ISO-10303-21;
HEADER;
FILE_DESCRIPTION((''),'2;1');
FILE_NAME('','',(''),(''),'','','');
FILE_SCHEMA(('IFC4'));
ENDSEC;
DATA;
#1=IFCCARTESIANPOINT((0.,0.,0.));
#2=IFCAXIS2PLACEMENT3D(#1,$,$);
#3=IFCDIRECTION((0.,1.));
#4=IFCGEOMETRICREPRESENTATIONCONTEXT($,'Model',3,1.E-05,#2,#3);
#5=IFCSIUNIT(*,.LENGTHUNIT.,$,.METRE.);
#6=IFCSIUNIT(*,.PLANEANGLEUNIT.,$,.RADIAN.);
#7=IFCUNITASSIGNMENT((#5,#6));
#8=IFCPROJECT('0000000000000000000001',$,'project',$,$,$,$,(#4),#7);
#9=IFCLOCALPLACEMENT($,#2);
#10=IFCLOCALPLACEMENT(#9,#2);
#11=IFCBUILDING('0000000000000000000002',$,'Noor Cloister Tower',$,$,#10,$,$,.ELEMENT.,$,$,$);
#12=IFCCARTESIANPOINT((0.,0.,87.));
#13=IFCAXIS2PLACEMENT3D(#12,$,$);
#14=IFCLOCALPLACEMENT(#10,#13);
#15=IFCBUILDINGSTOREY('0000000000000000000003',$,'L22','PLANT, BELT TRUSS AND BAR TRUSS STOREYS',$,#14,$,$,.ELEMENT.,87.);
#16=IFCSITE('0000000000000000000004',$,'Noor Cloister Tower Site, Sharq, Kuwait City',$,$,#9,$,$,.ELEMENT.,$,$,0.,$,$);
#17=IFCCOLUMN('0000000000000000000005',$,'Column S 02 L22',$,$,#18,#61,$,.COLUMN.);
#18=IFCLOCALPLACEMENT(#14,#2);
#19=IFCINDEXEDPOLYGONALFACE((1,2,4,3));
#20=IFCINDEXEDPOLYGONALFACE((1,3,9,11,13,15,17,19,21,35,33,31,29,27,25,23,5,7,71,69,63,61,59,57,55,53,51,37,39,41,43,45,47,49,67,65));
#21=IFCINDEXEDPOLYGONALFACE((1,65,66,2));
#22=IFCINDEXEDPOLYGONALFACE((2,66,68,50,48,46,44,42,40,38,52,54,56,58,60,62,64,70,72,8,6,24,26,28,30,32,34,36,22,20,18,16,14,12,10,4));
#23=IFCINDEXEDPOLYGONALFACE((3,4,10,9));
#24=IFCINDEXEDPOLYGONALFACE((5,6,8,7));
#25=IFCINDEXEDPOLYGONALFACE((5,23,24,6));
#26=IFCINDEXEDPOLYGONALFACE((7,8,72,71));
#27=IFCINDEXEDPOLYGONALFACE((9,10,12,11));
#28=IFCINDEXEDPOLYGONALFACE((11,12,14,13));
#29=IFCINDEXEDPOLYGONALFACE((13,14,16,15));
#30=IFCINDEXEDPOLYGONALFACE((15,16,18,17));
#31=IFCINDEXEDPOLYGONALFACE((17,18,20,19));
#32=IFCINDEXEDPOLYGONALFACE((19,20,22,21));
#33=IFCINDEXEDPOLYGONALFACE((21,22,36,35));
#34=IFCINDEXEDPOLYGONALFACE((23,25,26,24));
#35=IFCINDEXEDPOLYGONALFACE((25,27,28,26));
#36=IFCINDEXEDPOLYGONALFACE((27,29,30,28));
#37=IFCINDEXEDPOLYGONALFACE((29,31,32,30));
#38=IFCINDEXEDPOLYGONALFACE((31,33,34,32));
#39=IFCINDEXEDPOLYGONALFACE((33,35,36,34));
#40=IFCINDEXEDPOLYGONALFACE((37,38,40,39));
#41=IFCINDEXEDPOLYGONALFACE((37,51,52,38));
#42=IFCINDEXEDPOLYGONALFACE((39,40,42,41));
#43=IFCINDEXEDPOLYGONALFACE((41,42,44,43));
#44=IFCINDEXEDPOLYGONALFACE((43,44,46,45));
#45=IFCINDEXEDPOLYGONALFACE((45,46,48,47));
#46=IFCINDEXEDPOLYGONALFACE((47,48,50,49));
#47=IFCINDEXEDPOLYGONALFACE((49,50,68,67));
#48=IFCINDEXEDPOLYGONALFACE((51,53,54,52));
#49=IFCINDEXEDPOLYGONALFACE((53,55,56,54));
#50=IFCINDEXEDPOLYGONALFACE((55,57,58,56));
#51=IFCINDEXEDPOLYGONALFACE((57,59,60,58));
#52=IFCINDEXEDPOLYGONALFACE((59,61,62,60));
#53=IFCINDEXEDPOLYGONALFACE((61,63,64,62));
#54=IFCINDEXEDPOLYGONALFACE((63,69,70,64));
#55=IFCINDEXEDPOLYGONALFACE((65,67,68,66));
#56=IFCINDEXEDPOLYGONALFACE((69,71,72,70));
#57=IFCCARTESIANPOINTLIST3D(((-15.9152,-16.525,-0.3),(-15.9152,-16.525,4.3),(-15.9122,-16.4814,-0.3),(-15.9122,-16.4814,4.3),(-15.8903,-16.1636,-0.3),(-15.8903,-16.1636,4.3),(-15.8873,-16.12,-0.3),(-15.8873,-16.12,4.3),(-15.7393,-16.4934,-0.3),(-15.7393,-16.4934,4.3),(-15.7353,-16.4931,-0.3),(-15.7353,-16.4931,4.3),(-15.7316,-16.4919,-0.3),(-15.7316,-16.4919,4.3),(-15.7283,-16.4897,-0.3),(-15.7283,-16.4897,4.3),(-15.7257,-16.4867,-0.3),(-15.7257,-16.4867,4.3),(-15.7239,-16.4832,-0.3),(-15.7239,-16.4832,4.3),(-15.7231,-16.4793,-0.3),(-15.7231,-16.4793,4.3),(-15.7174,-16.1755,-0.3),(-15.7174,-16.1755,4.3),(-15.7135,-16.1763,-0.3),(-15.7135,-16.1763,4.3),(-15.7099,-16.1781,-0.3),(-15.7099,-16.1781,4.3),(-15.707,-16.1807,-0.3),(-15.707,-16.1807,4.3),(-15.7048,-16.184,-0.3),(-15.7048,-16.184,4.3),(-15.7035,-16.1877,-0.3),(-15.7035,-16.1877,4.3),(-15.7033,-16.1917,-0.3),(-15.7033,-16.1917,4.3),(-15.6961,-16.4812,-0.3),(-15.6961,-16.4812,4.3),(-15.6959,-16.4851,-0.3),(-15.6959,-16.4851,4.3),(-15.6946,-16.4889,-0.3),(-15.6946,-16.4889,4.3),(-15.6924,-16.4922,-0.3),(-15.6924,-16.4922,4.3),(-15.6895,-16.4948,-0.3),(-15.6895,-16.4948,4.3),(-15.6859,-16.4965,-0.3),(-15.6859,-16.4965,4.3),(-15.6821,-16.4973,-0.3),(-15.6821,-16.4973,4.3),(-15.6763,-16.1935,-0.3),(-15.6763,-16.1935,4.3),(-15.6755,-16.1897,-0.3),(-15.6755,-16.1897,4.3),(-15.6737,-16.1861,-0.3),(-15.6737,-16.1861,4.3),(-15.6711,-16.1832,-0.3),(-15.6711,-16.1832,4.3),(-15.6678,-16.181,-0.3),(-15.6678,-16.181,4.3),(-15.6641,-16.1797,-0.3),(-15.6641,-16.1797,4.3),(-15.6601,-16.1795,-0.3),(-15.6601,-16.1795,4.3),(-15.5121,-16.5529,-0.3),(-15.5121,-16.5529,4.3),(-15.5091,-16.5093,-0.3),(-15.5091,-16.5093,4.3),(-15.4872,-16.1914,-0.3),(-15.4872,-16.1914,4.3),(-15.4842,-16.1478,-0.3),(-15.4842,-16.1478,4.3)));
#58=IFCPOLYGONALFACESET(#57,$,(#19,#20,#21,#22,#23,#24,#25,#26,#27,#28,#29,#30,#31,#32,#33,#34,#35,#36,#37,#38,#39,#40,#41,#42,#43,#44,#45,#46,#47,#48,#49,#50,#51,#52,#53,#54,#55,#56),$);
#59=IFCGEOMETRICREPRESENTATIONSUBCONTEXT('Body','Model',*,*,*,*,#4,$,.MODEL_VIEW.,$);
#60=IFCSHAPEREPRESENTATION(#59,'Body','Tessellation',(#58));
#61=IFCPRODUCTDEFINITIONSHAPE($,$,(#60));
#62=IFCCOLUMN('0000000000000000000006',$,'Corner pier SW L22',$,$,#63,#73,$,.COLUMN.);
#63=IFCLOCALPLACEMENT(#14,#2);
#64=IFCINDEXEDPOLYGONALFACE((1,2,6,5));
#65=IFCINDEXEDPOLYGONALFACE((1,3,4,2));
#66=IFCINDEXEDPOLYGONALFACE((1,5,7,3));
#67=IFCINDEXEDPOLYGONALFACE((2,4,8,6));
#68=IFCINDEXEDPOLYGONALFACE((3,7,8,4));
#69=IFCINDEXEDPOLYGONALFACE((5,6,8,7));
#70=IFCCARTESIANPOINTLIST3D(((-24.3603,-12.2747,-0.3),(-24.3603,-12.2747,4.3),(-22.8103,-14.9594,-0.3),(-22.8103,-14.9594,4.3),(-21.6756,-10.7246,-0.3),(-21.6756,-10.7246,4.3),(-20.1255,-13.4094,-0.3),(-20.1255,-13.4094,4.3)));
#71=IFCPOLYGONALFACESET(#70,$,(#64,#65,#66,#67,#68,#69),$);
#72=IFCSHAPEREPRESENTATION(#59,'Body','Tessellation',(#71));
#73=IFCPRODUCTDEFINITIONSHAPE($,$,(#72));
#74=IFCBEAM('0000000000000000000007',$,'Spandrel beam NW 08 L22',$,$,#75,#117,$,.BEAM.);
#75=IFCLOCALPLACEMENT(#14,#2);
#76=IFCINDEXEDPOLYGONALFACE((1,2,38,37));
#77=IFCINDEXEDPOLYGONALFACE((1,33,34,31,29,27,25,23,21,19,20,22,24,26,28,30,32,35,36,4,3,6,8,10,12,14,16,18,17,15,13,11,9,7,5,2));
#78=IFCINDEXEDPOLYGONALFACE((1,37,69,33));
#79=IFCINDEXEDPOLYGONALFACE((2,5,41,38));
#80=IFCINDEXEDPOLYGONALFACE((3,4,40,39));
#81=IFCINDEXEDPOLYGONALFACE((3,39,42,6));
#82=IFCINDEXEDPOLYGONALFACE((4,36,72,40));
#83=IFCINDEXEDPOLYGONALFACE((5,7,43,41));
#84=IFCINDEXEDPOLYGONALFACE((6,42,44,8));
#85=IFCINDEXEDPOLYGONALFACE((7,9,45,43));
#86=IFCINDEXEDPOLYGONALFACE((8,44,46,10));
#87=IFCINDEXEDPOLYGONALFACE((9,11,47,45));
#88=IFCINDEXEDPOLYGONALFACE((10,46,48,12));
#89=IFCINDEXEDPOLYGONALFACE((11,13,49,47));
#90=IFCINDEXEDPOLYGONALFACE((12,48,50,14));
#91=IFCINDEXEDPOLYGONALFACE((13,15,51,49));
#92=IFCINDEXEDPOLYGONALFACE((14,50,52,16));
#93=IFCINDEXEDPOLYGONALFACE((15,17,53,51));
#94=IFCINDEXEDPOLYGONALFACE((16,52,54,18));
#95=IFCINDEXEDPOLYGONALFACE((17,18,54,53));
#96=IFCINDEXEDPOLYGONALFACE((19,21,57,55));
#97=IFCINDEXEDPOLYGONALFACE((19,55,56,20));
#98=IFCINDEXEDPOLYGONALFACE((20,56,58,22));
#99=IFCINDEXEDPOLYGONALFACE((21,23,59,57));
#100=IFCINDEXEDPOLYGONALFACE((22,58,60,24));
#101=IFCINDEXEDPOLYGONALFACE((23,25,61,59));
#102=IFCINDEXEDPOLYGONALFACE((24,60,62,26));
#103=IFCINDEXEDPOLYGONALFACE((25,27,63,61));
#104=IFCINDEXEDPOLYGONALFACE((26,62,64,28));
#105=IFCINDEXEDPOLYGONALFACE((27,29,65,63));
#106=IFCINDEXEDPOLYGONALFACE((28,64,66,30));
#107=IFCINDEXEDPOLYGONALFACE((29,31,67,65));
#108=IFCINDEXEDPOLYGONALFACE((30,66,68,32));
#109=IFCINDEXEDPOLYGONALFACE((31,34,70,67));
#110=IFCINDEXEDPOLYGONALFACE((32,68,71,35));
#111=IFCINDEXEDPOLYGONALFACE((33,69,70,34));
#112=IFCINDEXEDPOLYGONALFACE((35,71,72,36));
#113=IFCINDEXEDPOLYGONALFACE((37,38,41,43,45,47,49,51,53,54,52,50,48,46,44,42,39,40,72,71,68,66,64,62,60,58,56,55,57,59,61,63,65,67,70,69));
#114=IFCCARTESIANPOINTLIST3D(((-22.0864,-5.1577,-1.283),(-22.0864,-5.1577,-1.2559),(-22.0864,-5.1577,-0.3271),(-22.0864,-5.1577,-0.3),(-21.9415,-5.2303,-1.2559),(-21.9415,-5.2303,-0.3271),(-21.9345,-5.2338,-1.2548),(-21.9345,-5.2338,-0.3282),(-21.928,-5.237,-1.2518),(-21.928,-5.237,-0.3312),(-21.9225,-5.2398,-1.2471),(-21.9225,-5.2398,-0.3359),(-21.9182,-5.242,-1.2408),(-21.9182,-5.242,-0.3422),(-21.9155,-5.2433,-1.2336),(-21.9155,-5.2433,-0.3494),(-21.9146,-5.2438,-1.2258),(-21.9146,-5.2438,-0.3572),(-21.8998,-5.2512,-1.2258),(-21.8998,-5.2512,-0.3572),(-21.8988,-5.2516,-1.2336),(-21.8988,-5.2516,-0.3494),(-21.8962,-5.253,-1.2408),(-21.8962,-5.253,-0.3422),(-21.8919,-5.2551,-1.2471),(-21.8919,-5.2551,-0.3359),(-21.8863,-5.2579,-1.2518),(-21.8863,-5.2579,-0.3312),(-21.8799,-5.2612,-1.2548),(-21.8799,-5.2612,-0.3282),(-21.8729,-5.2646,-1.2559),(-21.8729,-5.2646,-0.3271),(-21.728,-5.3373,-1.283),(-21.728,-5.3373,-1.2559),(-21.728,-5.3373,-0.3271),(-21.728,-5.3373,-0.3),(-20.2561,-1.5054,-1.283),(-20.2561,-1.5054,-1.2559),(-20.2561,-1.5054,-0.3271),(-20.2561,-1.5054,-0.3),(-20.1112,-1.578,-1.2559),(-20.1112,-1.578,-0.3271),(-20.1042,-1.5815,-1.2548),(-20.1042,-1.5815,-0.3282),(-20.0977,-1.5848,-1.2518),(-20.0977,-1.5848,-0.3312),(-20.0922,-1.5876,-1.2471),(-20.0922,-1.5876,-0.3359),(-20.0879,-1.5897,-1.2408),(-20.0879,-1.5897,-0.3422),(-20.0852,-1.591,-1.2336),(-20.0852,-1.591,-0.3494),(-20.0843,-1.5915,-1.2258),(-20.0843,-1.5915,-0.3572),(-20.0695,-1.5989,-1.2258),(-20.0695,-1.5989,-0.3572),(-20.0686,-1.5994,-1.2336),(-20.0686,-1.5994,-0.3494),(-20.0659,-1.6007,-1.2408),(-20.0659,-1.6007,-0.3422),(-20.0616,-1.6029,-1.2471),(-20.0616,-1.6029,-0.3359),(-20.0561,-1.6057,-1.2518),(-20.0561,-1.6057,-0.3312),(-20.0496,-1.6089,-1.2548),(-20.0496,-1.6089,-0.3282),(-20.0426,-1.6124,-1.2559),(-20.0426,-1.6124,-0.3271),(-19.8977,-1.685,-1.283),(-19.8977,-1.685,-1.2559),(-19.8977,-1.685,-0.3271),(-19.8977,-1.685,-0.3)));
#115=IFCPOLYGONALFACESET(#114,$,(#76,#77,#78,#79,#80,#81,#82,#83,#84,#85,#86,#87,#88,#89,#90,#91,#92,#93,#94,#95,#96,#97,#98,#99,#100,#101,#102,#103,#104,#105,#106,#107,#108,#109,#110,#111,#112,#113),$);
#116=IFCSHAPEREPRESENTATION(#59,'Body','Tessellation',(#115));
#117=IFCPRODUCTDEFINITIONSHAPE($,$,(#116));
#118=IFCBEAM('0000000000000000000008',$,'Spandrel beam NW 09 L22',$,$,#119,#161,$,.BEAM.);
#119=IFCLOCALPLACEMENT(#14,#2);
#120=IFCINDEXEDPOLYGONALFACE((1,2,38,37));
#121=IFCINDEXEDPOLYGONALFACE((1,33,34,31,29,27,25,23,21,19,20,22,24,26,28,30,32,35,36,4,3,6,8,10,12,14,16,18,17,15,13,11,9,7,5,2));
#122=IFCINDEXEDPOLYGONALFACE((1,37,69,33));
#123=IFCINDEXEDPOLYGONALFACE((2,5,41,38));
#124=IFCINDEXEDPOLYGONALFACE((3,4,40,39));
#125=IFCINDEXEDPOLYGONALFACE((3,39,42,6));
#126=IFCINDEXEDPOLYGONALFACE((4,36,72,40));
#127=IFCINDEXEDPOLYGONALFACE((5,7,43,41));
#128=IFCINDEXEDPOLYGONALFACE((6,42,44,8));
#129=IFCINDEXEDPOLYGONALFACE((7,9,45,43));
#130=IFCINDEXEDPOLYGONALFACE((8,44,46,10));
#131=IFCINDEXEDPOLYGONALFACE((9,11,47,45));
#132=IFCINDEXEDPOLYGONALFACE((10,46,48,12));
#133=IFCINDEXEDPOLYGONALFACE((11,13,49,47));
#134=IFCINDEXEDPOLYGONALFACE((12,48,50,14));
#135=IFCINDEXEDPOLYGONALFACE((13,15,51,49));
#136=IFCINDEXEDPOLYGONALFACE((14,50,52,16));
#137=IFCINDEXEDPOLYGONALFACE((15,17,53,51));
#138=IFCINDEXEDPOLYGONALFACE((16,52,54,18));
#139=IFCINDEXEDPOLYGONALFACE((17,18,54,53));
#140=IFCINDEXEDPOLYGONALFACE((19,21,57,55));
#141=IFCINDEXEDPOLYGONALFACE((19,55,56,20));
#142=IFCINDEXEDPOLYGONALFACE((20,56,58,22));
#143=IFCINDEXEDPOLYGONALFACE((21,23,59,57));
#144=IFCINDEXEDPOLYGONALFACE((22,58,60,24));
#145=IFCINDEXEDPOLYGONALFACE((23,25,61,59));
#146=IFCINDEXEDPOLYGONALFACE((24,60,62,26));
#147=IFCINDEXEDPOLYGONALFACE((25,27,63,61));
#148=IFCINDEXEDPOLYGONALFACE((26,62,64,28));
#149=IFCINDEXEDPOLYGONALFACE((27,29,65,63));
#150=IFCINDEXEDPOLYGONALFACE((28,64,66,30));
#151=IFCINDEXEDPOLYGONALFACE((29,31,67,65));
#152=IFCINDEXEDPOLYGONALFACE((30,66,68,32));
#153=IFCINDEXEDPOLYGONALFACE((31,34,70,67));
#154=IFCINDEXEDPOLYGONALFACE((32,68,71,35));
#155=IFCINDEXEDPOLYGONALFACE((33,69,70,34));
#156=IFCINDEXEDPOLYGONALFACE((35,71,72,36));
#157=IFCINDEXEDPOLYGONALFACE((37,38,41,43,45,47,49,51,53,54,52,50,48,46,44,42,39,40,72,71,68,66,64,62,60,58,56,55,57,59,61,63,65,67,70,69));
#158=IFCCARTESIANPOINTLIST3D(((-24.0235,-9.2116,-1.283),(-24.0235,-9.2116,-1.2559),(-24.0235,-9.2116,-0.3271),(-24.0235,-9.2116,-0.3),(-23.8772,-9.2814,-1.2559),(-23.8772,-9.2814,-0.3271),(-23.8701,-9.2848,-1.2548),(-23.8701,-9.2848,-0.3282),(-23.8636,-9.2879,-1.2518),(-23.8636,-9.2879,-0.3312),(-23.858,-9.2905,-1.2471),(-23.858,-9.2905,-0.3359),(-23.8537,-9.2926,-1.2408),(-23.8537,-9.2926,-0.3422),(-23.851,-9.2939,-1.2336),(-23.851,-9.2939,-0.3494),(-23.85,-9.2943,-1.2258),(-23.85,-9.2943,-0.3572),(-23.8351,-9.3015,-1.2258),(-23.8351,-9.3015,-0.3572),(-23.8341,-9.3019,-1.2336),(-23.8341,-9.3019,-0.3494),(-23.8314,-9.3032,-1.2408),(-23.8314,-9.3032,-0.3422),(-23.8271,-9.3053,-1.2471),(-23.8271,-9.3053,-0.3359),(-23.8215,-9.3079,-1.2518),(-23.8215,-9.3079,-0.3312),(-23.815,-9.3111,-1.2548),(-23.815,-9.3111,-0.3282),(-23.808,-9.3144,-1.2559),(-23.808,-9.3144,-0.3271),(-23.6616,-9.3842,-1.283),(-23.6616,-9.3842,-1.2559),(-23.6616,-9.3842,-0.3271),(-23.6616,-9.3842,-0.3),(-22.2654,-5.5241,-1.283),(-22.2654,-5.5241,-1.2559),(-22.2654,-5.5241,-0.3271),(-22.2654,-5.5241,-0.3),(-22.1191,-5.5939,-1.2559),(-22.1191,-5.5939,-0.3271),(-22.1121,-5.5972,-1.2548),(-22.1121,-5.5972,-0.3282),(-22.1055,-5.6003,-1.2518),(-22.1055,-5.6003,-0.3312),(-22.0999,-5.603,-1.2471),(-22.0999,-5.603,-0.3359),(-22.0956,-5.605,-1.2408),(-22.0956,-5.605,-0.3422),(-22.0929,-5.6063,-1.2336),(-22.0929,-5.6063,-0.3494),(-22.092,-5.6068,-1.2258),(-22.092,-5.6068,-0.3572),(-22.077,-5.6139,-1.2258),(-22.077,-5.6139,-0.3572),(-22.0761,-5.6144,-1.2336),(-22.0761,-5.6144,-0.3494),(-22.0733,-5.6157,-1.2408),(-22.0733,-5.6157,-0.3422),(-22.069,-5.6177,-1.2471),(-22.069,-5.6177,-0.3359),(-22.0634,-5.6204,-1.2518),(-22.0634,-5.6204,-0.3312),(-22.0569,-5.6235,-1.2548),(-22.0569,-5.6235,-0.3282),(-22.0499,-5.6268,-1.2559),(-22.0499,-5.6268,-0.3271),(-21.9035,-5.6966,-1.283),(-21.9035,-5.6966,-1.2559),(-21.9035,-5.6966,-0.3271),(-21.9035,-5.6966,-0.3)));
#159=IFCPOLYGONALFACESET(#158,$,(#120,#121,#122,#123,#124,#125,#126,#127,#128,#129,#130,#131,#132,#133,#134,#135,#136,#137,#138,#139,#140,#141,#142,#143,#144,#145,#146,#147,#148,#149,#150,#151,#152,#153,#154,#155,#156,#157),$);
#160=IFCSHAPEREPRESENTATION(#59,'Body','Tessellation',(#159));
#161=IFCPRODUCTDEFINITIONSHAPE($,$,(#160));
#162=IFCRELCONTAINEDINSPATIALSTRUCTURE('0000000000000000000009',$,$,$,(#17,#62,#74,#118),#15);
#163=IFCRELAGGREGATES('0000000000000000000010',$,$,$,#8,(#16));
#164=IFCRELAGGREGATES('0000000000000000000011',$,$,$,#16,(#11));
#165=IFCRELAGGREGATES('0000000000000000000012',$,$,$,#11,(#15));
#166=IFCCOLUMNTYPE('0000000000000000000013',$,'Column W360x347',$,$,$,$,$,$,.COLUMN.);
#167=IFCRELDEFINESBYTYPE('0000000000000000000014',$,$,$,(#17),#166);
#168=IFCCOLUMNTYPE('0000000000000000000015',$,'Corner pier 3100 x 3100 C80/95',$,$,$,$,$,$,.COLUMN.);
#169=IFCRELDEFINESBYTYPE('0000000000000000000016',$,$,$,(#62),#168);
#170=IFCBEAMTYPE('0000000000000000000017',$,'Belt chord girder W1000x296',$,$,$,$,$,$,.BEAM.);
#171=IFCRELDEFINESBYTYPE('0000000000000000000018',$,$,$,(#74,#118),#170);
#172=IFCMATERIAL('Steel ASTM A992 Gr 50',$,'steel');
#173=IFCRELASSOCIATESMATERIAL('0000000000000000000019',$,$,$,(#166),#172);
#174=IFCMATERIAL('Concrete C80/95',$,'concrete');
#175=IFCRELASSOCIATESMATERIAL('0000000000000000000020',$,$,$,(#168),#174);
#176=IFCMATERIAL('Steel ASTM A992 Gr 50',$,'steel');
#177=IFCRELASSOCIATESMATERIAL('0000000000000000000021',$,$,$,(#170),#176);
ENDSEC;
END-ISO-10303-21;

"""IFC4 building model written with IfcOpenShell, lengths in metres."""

from ifc_helpers import new_model, si_unit, direction, frame, origin, origin_2d, place, context, subcontext, project, spatial, rectangle, i_section, extrude, material, material_profile, profile_set, type_object, element, save


model = new_model("IFC4")

# Units and contexts
model_context = context("Model", 3, precision=1e-05, world=origin(), true_north=direction((0.0, 1.0)))
body_context = subcontext(model_context, "Body", "Model", "MODEL_VIEW")
ifc_project = project(units=[si_unit("LENGTHUNIT", "METRE"), si_unit("PLANEANGLEUNIT", "RADIAN")], contexts=[model_context])

# Site, building, storey
site_placement = place(None, origin())
site = spatial("IfcSite", under=ifc_project, at=site_placement, Name="Noor Cloister Tower Site, Sharq, Kuwait City", CompositionType="ELEMENT", RefElevation=0.0)
building_placement = place(site_placement, origin())
building = spatial("IfcBuilding", under=site, at=building_placement, Name="Noor Cloister Tower", CompositionType="ELEMENT")
storey_placement = place(building_placement, frame((0.0, 0.0, 87.0)))
storey = spatial("IfcBuildingStorey", under=building, at=storey_placement, Name="L22", Description="PLANT, BELT TRUSS AND BAR TRUSS STOREYS", CompositionType="ELEMENT", Elevation=87.0)

# Columns
ifc_material_1 = material(Name="Steel ASTM A992 Gr 50", Category="steel")
ifc_material_profile_1 = material_profile(ifc_material_1, i_section(OverallWidth=0.4041, OverallDepth=0.406, WebThickness=0.0271, FlangeThickness=0.0437, FilletRadius=0.0151, at=origin_2d()), Name="W360x347")
ifc_profile_set_1 = profile_set([ifc_material_profile_1], Name="Steel ASTM A992 Gr 50")
column_type_1 = type_object("IfcColumnType", Name="Column W360x347", PredefinedType="COLUMN", material=ifc_profile_set_1)
for number, where, z_axis, x_axis, name in (
    (1, (-15.6997, -16.3364, -0.3), (0.0, 0.0, 1.0), (0.997628, -0.068837, 0.0), "Column S 02 L22"),
):
    element("IfcColumn", number, at=place(storey_placement, frame(where, z_axis=z_axis, x_axis=x_axis)), inside=storey, type_object=column_type_1, Name=name, PredefinedType="COLUMN", context=body_context, shape_type="SweptSolid", body=[
        extrude(i_section(OverallWidth=0.4041, OverallDepth=0.406, WebThickness=0.0271, FlangeThickness=0.0437, FilletRadius=0.0151, at=origin_2d()), origin(), (0.0, 0.0, 1.0), 4.6001),
    ])
ifc_material_2 = material(Name="Concrete C80/95", Category="concrete")
ifc_material_profile_2 = material_profile(ifc_material_2, rectangle(XDim=3.1001, YDim=3.1001, at=origin_2d()), Name="RC 3100x3100")
ifc_profile_set_2 = profile_set([ifc_material_profile_2], Name="Concrete C80/95")
column_type_2 = type_object("IfcColumnType", Name="Corner pier 3100 x 3100 C80/95", PredefinedType="COLUMN", material=ifc_profile_set_2)
column_placement = place(storey_placement, frame((-22.2429, -12.842, -0.3), z_axis=(0.0, 0.0, 1.0), x_axis=(-0.866025, -0.5, 0.0)))
element("IfcColumn", 2, at=column_placement, inside=storey, type_object=column_type_2, Name="Corner pier SW L22", PredefinedType="COLUMN", context=body_context, shape_type="SweptSolid", body=[
    extrude(rectangle(XDim=3.1001, YDim=3.1001, at=origin_2d()), origin(), (0.0, 0.0, 1.0), 4.6001),
])

# Beams
ifc_material_3 = material(Name="Steel ASTM A992 Gr 50", Category="steel")
ifc_material_profile_3 = material_profile(ifc_material_3, i_section(OverallWidth=0.4009, OverallDepth=0.9829, WebThickness=0.0166, FlangeThickness=0.0271, FilletRadius=0.03, at=origin_2d()), Name="W1000x296")
ifc_profile_set_3 = profile_set([ifc_material_profile_3], Name="Steel ASTM A992 Gr 50")
beam_type_1 = type_object("IfcBeamType", Name="Belt chord girder W1000x296", PredefinedType="BEAM", material=ifc_profile_set_3)
for number, where, z_axis, x_axis, name in (
    (3, (-20.0769, -1.5952, -0.7915), (-0.448026, -0.89402, 0.0), (0.89402, -0.448026, 0.0), "Spandrel beam NW 08 L22"),
    (4, (-22.0845, -5.6104, -0.7915), (-0.430353, -0.90266, 0.0), (0.90266, -0.430353, 0.0), "Spandrel beam NW 09 L22"),
):
    element("IfcBeam", number, at=place(storey_placement, frame(where, z_axis=z_axis, x_axis=x_axis)), inside=storey, type_object=beam_type_1, Name=name, PredefinedType="BEAM", context=body_context, shape_type="SweptSolid", body=[
        extrude(i_section(OverallWidth=0.4009, OverallDepth=0.9829, WebThickness=0.0166, FlangeThickness=0.0271, FilletRadius=0.03, at=origin_2d()), origin(), (0.0, 0.0, 1.0), 4.0852),
    ])

save(model, "model.ifc")
